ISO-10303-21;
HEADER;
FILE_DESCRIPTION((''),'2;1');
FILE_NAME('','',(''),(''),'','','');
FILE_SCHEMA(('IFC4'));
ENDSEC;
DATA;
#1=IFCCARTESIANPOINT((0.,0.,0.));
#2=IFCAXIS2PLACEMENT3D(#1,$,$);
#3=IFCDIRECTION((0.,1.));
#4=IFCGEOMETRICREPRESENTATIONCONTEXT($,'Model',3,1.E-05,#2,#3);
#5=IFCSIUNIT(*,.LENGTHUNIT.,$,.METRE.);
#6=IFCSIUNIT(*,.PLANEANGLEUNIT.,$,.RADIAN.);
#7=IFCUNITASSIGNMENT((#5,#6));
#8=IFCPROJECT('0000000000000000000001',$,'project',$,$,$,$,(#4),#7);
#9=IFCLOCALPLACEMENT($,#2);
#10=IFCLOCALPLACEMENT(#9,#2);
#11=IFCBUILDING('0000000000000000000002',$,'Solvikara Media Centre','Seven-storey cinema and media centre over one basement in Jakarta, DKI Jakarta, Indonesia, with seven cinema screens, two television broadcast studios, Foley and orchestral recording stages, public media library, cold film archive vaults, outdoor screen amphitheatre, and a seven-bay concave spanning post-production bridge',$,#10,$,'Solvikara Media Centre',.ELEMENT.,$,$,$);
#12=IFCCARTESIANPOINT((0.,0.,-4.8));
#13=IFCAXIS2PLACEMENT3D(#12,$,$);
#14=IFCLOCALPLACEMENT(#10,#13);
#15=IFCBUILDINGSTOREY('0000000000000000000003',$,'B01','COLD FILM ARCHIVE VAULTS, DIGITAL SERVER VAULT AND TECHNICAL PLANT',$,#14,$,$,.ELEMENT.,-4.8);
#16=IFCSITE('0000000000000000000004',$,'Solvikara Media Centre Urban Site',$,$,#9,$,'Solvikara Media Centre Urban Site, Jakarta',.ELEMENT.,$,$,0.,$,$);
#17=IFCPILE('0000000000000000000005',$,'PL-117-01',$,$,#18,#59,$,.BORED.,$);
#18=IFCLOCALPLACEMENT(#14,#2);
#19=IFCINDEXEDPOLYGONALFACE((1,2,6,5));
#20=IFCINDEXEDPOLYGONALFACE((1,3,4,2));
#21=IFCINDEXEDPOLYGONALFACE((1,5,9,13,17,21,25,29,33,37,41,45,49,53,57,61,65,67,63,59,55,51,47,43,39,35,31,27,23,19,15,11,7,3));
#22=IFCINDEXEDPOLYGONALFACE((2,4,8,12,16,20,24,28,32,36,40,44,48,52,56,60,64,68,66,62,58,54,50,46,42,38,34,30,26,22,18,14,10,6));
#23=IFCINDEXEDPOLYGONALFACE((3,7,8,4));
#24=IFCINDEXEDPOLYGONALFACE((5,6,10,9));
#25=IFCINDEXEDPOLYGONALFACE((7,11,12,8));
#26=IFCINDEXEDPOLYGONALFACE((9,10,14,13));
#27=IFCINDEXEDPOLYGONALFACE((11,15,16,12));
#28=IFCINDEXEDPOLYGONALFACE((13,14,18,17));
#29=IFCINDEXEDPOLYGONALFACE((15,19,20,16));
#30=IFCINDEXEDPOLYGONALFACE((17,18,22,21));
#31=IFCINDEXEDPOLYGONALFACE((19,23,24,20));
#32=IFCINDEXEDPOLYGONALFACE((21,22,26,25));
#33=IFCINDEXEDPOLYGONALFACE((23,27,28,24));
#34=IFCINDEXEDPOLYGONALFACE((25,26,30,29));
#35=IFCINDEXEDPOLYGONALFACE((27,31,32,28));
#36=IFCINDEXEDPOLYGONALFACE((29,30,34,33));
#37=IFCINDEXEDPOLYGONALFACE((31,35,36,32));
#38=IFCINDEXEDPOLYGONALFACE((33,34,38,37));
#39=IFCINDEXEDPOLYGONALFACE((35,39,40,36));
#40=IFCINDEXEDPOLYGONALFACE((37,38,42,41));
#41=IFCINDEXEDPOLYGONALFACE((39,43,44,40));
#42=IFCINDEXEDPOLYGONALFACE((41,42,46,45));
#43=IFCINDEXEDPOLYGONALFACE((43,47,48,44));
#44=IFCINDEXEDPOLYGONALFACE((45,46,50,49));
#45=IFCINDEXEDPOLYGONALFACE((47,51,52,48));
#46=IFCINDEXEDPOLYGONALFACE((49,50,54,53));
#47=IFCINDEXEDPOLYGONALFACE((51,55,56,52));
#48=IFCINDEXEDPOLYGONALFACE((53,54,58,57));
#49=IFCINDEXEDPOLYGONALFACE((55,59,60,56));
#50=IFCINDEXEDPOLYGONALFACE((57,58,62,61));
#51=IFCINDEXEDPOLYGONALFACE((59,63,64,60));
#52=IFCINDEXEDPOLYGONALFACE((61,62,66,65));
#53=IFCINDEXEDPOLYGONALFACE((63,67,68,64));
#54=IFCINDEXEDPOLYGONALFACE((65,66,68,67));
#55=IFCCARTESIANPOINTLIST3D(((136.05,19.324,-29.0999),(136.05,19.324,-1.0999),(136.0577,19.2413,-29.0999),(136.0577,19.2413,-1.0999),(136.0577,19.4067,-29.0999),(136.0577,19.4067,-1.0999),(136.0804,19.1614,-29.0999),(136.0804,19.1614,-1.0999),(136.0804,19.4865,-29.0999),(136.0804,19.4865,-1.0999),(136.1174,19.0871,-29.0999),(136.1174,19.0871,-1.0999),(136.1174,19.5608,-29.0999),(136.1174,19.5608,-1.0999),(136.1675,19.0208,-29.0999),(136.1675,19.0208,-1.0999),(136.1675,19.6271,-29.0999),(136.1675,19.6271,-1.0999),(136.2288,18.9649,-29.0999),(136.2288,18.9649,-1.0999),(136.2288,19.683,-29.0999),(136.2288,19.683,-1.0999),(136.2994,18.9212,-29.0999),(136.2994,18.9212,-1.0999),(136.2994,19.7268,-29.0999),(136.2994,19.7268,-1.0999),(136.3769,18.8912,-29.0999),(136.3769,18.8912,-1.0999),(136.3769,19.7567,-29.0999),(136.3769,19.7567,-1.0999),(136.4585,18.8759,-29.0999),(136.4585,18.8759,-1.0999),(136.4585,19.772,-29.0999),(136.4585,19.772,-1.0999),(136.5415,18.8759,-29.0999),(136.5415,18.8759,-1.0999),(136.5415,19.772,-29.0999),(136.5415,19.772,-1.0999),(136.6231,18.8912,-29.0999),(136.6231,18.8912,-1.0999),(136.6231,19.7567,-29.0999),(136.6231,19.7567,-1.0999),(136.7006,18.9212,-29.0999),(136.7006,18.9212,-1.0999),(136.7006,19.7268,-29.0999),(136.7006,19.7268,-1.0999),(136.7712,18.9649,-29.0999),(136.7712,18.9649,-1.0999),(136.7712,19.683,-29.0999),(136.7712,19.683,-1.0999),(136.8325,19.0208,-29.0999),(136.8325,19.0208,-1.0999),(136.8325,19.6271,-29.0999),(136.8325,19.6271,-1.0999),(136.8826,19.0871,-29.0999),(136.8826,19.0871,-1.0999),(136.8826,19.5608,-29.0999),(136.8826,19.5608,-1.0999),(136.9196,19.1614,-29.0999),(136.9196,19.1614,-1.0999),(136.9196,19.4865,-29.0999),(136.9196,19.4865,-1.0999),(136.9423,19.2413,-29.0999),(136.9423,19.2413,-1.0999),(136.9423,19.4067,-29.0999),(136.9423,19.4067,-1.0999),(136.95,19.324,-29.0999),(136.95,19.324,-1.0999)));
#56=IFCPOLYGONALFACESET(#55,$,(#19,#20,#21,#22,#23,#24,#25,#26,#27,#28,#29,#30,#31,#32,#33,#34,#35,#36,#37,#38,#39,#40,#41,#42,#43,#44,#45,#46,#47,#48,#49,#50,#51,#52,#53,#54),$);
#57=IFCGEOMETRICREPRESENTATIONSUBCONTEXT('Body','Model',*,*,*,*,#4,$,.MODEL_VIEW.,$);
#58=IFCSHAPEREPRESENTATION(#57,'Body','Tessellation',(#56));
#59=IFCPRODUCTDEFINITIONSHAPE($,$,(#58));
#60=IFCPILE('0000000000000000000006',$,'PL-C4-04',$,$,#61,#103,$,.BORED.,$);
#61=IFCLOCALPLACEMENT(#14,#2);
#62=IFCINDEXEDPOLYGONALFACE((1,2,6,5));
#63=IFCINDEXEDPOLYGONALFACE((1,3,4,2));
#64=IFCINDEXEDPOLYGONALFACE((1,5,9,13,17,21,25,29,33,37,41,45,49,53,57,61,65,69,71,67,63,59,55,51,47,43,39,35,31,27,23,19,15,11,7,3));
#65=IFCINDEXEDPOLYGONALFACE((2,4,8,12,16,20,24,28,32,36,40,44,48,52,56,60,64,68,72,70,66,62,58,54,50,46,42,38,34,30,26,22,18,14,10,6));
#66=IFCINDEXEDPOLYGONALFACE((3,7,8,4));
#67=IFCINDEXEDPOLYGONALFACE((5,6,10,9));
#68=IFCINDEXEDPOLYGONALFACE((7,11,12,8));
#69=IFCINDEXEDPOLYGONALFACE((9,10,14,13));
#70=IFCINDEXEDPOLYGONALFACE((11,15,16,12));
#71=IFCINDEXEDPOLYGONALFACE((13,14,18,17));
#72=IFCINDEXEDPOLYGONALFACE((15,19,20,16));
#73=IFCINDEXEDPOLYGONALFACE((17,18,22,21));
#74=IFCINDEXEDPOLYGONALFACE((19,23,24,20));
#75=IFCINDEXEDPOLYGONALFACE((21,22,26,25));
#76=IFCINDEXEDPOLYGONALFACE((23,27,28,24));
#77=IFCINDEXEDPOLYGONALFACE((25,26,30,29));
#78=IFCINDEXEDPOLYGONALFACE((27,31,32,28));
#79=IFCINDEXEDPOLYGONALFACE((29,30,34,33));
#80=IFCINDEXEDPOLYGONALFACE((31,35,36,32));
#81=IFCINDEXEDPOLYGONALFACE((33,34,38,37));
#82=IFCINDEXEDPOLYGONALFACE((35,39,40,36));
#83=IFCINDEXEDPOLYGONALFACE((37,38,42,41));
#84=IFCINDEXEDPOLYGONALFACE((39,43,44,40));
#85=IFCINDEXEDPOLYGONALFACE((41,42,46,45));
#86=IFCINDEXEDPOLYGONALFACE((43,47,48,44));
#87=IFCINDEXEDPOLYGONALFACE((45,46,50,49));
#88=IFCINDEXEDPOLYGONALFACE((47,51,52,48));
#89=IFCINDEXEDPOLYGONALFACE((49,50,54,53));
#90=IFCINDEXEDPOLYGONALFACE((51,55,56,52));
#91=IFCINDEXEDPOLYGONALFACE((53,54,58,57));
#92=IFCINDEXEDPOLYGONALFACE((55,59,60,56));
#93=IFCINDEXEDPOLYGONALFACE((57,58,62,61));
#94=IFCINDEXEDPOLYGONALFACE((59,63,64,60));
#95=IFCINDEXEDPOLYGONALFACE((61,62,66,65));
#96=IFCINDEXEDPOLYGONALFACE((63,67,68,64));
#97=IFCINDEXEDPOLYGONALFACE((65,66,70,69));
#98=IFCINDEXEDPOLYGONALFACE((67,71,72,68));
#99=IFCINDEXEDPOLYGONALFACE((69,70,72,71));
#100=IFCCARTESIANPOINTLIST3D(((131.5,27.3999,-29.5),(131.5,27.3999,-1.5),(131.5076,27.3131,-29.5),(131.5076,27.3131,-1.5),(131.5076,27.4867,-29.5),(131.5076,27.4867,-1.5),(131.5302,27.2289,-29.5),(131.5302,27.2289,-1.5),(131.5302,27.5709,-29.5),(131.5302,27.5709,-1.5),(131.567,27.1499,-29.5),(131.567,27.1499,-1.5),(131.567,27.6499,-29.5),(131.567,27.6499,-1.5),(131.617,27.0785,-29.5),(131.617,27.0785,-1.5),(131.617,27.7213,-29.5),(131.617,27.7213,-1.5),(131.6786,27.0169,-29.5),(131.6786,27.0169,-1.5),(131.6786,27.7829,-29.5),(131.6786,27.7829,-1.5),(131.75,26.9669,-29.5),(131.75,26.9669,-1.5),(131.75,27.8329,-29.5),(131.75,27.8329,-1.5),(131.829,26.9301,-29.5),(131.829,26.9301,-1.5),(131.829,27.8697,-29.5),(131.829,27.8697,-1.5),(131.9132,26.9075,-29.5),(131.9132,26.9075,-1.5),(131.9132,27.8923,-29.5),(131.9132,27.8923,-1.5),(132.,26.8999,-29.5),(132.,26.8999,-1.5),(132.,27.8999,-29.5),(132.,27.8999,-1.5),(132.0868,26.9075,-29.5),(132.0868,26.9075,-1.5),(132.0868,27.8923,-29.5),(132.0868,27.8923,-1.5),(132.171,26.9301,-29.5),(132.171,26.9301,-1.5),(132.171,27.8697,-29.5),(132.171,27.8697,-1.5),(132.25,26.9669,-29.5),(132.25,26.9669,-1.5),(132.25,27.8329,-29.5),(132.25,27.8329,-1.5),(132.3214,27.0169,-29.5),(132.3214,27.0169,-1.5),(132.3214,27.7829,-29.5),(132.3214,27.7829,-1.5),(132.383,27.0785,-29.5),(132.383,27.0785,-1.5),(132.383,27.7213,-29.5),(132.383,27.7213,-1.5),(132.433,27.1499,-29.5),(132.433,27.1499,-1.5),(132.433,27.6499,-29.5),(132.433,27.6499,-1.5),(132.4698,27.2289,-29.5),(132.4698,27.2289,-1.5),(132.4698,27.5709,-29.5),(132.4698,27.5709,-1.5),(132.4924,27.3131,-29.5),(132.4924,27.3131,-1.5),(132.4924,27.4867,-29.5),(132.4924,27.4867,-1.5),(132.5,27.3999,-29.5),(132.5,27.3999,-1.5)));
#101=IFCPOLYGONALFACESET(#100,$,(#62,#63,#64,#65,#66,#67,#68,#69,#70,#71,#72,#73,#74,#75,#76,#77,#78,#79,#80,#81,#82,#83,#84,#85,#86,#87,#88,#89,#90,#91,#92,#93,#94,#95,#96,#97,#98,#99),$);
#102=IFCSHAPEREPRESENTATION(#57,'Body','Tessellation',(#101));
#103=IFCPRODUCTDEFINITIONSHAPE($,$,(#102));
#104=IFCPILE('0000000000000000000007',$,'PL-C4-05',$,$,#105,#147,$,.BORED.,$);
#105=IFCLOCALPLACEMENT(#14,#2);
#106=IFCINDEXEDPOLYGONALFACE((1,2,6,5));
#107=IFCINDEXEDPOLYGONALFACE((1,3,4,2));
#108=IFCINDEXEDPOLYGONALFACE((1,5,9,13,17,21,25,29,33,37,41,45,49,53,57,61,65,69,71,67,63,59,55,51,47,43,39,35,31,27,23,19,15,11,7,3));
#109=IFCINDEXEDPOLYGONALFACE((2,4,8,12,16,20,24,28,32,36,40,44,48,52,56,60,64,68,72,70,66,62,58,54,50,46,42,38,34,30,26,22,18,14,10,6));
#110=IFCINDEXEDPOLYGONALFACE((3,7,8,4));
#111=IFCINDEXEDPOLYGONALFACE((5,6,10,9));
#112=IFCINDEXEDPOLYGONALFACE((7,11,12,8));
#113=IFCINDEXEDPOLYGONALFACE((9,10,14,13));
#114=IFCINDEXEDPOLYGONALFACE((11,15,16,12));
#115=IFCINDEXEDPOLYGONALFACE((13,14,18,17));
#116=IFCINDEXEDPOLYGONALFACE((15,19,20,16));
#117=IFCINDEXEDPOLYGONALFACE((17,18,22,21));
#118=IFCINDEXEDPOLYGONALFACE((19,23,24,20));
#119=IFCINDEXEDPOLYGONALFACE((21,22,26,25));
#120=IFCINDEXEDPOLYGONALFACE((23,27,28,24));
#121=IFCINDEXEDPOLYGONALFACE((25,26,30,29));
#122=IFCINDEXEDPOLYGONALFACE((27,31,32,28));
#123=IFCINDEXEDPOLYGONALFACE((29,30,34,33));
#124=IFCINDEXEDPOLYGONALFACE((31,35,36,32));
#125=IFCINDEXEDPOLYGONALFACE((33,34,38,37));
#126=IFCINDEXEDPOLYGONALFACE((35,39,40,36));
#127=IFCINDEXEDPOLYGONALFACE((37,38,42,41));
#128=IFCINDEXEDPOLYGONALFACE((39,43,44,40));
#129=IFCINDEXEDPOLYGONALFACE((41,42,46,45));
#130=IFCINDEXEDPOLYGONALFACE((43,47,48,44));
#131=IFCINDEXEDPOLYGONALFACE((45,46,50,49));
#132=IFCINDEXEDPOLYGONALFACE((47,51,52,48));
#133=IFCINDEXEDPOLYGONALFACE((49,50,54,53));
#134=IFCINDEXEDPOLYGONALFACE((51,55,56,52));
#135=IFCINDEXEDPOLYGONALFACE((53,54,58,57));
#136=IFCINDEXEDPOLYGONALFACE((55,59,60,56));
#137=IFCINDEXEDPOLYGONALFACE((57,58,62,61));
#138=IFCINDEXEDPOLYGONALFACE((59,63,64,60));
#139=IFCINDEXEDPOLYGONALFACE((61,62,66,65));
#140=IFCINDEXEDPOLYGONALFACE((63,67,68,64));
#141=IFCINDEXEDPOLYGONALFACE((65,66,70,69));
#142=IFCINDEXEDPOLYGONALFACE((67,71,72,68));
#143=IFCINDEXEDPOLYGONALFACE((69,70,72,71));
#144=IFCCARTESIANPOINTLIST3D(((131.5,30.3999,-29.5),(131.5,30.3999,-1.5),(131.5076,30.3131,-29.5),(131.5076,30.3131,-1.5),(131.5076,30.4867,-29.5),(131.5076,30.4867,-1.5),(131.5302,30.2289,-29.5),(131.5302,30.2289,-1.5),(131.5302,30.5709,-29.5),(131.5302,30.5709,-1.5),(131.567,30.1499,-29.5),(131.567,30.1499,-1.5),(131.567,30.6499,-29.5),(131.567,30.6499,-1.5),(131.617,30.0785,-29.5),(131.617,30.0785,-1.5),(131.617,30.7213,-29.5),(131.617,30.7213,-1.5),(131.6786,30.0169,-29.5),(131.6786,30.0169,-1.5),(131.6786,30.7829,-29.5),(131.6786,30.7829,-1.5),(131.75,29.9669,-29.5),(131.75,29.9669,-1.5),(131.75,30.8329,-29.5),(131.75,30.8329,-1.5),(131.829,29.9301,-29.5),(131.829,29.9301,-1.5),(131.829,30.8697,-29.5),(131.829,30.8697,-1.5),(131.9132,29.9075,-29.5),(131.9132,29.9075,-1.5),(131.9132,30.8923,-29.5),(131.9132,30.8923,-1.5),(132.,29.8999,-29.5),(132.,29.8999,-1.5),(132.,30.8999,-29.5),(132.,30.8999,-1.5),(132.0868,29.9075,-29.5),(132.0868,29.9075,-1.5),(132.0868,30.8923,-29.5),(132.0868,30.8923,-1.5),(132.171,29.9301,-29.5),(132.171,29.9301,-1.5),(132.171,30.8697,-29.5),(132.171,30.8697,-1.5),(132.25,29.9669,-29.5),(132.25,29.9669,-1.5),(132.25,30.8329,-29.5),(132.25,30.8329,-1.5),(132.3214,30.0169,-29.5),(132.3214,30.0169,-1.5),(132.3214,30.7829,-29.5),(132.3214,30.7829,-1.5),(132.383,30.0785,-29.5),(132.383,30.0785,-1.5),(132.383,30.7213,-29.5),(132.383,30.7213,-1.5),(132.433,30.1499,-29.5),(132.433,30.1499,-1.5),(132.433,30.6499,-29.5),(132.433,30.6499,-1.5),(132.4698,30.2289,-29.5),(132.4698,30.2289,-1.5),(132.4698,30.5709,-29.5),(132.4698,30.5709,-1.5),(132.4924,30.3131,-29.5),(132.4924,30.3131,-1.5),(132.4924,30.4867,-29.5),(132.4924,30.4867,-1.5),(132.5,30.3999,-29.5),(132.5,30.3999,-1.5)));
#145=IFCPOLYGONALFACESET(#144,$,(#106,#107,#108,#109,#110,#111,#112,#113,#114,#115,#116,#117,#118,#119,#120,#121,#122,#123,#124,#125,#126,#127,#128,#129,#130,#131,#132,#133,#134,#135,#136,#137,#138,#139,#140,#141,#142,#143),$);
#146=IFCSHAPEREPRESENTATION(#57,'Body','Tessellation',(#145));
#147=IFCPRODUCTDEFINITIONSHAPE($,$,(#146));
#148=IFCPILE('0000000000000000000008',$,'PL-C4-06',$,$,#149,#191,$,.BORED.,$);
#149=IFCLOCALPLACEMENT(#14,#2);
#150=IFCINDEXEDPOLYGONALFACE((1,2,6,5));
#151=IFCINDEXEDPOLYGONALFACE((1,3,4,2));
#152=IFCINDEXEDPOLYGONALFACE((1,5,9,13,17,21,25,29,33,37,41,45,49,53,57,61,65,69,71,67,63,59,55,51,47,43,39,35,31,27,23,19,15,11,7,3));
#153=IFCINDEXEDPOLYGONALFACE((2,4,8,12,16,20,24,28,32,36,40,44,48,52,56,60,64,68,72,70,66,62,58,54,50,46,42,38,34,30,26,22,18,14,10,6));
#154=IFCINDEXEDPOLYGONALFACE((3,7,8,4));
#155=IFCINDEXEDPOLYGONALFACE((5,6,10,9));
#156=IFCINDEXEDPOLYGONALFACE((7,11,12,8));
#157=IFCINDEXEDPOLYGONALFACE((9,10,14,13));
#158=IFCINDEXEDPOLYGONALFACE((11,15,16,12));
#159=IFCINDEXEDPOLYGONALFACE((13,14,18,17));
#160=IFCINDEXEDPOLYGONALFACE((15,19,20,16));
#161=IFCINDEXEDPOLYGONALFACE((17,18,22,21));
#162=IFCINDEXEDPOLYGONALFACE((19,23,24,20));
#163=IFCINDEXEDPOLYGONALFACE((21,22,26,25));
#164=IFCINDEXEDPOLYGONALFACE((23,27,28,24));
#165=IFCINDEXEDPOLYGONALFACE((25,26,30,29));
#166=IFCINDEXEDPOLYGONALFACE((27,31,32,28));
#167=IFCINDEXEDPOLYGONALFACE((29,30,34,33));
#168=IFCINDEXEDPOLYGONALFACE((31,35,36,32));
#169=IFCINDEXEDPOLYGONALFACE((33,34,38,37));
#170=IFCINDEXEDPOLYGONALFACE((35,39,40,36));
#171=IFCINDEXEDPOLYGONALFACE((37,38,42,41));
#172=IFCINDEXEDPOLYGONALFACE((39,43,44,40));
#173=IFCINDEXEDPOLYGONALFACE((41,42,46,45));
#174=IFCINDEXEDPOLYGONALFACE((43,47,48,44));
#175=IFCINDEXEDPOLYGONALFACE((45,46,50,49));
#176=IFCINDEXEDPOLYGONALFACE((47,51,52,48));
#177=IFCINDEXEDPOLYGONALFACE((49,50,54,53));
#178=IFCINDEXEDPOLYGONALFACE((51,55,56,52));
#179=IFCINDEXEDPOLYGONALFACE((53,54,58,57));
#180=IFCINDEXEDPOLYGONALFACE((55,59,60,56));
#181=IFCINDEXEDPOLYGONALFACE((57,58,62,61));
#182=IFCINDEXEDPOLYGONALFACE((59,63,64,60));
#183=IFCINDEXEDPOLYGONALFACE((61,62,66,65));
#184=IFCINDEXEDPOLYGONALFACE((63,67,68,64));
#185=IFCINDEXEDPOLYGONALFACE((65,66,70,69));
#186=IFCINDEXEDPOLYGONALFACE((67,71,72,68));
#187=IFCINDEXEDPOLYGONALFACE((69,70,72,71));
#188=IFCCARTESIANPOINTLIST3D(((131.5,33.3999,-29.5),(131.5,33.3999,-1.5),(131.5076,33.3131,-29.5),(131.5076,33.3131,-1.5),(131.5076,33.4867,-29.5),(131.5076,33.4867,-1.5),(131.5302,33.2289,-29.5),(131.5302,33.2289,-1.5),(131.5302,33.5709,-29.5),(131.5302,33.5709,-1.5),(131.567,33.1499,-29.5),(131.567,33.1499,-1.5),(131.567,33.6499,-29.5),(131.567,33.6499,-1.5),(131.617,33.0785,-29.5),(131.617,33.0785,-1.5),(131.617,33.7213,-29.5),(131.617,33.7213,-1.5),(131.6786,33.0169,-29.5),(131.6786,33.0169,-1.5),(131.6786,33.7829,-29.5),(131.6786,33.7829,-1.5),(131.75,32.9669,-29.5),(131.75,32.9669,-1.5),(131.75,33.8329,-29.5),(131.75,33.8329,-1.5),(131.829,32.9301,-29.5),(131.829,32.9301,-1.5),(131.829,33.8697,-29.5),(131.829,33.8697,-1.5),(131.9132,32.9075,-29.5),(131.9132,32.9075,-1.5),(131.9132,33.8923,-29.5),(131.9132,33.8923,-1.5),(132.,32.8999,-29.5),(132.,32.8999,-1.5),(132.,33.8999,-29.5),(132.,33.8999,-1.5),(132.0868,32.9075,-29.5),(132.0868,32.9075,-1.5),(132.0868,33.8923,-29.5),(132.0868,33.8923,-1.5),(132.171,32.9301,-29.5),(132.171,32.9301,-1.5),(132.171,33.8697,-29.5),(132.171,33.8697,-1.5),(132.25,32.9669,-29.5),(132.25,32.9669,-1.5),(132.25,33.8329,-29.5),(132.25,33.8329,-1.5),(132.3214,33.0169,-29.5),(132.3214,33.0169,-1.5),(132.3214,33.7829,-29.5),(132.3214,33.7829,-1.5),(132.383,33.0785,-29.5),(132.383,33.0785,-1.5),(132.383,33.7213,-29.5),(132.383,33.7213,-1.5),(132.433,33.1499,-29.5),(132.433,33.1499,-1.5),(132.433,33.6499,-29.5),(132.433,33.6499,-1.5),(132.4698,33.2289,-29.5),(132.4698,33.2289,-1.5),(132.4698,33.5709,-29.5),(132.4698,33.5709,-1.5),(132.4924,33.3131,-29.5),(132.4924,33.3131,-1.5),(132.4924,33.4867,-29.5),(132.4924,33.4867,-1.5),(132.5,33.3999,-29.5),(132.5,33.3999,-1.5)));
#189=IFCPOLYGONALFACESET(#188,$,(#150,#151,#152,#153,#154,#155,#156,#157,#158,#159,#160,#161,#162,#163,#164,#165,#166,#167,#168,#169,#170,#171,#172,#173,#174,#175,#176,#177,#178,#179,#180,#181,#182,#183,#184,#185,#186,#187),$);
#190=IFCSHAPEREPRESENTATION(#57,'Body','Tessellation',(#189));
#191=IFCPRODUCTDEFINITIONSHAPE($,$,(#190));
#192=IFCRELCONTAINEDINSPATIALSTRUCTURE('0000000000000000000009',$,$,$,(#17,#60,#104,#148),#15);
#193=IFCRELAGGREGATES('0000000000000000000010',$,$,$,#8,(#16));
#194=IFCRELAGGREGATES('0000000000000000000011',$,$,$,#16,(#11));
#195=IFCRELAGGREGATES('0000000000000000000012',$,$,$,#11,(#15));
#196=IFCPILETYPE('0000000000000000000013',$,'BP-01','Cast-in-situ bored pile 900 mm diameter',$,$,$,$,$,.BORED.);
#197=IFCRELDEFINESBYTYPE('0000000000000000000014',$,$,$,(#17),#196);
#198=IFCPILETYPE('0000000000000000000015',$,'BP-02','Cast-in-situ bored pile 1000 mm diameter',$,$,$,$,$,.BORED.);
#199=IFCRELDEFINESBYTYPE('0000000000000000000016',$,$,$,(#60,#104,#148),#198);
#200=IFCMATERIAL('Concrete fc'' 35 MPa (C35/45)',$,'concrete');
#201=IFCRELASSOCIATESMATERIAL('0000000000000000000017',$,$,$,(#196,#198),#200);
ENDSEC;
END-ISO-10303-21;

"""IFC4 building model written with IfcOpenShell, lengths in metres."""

from ifc_helpers import new_model, si_unit, direction, frame, origin, origin_2d, place, context, subcontext, project, spatial, circle, extrude, material, material_profile, profile_set, type_object, element, save


model = new_model("IFC4")

# Units and contexts
model_context = context("Model", 3, precision=1e-05, world=origin(), true_north=direction((0.0, 1.0)))
body_context = subcontext(model_context, "Body", "Model", "MODEL_VIEW")
ifc_project = project(units=[si_unit("LENGTHUNIT", "METRE"), si_unit("PLANEANGLEUNIT", "RADIAN")], contexts=[model_context])

# Site, building, storey
site_placement = place(None, origin())
site = spatial("IfcSite", under=ifc_project, at=site_placement, Name="Solvikara Media Centre Urban Site", LongName="Solvikara Media Centre Urban Site, Jakarta", CompositionType="ELEMENT", RefElevation=0.0)
building_placement = place(site_placement, origin())
building = spatial("IfcBuilding", under=site, at=building_placement, Name="Solvikara Media Centre", Description="Seven-storey cinema and media centre over one basement in Jakarta, DKI Jakarta, Indonesia, with seven cinema screens, two television broadcast studios, Foley and orchestral recording stages, public media library, cold film archive vaults, outdoor screen amphitheatre, and a seven-bay concave spanning post-production bridge", LongName="Solvikara Media Centre", CompositionType="ELEMENT")
storey_placement = place(building_placement, frame((0.0, 0.0, -4.8)))
storey = spatial("IfcBuildingStorey", under=building, at=storey_placement, Name="B01", Description="COLD FILM ARCHIVE VAULTS, DIGITAL SERVER VAULT AND TECHNICAL PLANT", CompositionType="ELEMENT", Elevation=-4.8)

# Piles
ifc_material_1 = material(Name="Concrete fc' 35 MPa (C35/45)", Category="concrete")
ifc_material_profile_1 = material_profile(ifc_material_1, circle(Radius=0.45, at=origin_2d()), Name="BORED PILE D900")
ifc_profile_set_1 = profile_set([ifc_material_profile_1], Name="Concrete fc' 35 MPa (C35/45)")
pile_type_1 = type_object("IfcPileType", Name="BP-01", Description="Cast-in-situ bored pile 900 mm diameter", PredefinedType="BORED", material=ifc_profile_set_1)
pile_placement = place(storey_placement, frame((136.5, 19.324, -1.0999), z_axis=(0.0, 0.0, -1.0), x_axis=(1.0, 0.0, 0.0)))
element("IfcPile", 1, at=pile_placement, inside=storey, type_object=pile_type_1, Name="PL-117-01", PredefinedType="BORED", context=body_context, shape_type="SweptSolid", body=[
    extrude(circle(Radius=0.45, at=origin_2d()), origin(), (0.0, 0.0, 1.0), 28.0),
])
ifc_material_profile_2 = material_profile(ifc_material_1, circle(Radius=0.5, at=origin_2d()), Name="BORED PILE D1000")
ifc_profile_set_2 = profile_set([ifc_material_profile_2], Name="Concrete fc' 35 MPa (C35/45)")
pile_type_2 = type_object("IfcPileType", Name="BP-02", Description="Cast-in-situ bored pile 1000 mm diameter", PredefinedType="BORED", material=ifc_profile_set_2)
for number, where, z_axis, x_axis, name in (
    (2, (132.0, 27.3999, -1.5), (0.0, 0.0, -1.0), (1.0, 0.0, 0.0), "PL-C4-04"),
    (3, (132.0, 30.3999, -1.5), (0.0, 0.0, -1.0), (1.0, 0.0, 0.0), "PL-C4-05"),
    (4, (132.0, 33.3999, -1.5), (0.0, 0.0, -1.0), (1.0, 0.0, 0.0), "PL-C4-06"),
):
    element("IfcPile", number, at=place(storey_placement, frame(where, z_axis=z_axis, x_axis=x_axis)), inside=storey, type_object=pile_type_2, Name=name, PredefinedType="BORED", context=body_context, shape_type="SweptSolid", body=[
        extrude(circle(Radius=0.5, at=origin_2d()), origin(), (0.0, 0.0, 1.0), 28.0),
    ])

save(model, "model.ifc")
